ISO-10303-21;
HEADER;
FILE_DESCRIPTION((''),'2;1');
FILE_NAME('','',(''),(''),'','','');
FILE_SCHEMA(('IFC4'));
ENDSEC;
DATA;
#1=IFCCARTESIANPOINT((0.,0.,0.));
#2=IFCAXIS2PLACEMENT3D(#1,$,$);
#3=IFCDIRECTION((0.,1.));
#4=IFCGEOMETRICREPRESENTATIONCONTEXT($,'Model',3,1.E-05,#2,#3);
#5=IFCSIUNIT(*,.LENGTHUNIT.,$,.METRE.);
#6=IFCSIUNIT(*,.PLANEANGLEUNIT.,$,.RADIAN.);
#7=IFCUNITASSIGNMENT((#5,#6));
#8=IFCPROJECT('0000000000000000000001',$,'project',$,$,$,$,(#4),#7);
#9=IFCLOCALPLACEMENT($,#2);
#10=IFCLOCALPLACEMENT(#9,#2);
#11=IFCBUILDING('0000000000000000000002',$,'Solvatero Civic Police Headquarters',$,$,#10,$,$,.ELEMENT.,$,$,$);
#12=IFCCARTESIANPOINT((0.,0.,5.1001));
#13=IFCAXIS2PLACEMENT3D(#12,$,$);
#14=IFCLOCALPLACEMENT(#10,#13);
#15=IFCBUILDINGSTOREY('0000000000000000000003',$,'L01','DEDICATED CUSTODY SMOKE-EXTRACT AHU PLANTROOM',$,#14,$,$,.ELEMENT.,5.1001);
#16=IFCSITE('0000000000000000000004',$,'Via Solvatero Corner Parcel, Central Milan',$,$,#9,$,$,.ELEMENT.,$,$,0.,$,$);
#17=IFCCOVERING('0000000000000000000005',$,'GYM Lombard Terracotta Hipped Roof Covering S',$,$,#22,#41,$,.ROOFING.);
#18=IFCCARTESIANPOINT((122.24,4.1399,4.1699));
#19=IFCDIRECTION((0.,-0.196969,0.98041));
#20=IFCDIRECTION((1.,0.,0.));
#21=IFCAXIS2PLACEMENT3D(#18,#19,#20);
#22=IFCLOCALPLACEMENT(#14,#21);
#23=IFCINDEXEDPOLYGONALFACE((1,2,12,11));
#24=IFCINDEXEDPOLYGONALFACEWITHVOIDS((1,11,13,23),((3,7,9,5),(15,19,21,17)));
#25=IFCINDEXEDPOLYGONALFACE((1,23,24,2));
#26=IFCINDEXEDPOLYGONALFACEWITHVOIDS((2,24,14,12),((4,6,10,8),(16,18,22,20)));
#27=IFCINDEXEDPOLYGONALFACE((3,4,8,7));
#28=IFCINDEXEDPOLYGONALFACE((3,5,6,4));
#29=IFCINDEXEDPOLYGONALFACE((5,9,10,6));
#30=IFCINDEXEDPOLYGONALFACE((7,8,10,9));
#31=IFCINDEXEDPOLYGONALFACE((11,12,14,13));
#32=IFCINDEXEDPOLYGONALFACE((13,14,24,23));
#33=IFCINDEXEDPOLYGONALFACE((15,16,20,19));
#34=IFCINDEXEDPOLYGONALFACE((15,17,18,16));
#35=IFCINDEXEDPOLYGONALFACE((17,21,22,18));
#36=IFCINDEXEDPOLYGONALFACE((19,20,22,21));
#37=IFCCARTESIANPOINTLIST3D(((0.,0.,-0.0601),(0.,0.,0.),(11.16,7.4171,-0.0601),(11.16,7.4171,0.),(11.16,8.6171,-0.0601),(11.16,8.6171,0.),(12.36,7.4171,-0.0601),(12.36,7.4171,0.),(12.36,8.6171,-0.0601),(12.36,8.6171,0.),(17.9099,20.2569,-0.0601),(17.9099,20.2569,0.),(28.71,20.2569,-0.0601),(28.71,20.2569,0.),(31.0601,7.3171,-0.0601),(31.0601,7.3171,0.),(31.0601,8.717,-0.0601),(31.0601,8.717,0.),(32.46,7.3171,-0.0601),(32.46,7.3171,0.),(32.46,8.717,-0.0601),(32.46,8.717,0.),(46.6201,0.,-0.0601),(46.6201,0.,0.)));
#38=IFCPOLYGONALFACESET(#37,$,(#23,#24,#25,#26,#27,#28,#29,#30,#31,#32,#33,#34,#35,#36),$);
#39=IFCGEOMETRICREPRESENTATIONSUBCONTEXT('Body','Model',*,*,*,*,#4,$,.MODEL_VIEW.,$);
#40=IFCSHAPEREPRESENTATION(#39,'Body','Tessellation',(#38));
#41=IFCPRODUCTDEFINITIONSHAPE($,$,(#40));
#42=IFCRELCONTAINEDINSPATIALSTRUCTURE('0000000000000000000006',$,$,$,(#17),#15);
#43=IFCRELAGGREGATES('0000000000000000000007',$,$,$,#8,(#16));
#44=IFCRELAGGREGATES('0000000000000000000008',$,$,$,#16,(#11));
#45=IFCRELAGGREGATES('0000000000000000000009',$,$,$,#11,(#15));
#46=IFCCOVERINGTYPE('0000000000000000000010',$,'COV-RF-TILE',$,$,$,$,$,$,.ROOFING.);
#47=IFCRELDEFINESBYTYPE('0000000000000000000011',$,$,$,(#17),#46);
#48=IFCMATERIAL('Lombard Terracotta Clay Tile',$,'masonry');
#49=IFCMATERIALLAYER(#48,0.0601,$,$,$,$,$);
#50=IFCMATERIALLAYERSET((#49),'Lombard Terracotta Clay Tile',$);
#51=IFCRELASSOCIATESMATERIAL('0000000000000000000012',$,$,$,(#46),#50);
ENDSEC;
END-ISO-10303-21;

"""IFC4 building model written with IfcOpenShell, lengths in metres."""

from ifc_helpers import new_model, si_unit, direction, frame, origin, origin_2d, place, context, subcontext, project, spatial, polyline, rectangle, outline, extrude, material, layer, layer_set, type_object, element, save


model = new_model("IFC4")

# Units and contexts
model_context = context("Model", 3, precision=1e-05, world=origin(), true_north=direction((0.0, 1.0)))
body_context = subcontext(model_context, "Body", "Model", "MODEL_VIEW")
ifc_project = project(units=[si_unit("LENGTHUNIT", "METRE"), si_unit("PLANEANGLEUNIT", "RADIAN")], contexts=[model_context])

# Site, building, storey
site_placement = place(None, origin())
site = spatial("IfcSite", under=ifc_project, at=site_placement, Name="Via Solvatero Corner Parcel, Central Milan", CompositionType="ELEMENT", RefElevation=0.0)
building_placement = place(site_placement, origin())
building = spatial("IfcBuilding", under=site, at=building_placement, Name="Solvatero Civic Police Headquarters", CompositionType="ELEMENT")
storey_placement = place(building_placement, frame((0.0, 0.0, 5.1001)))
storey = spatial("IfcBuildingStorey", under=building, at=storey_placement, Name="L01", Description="DEDICATED CUSTODY SMOKE-EXTRACT AHU PLANTROOM", CompositionType="ELEMENT", Elevation=5.1001)

# Covering, openings
ifc_material_1 = material(Name="Lombard Terracotta Clay Tile", Category="masonry")
ifc_layer_1 = layer(ifc_material_1, 0.0601)
ifc_layer_set_1 = layer_set([ifc_layer_1], Name="Lombard Terracotta Clay Tile")
covering_type = type_object("IfcCoveringType", Name="COV-RF-TILE", PredefinedType="ROOFING", material=ifc_layer_set_1)
covering_placement = place(storey_placement, frame((122.24, 4.1399, 4.1699), z_axis=(0.0, -0.196969, 0.98041), x_axis=(1.0, 0.0, 0.0)))
covering = element("IfcCovering", 1, at=covering_placement, inside=storey, type_object=covering_type, Name="GYM Lombard Terracotta Hipped Roof Covering S", PredefinedType="ROOFING", context=body_context, shape_type="SweptSolid", body=[
    extrude(outline(polyline([(0.0, 0.0), (46.6201, 0.0), (28.71, 20.2569), (17.9099, 20.2569), (0.0, 0.0)])), origin(), (0.0, 0.0, -1.0), 0.0601),
])
opening_1_placement = place(covering_placement, frame((11.76, 8.0171, 0.0)))
element("IfcOpeningElement", 2, at=opening_1_placement, cuts=covering, PredefinedType="OPENING", context=body_context, shape_type="SweptSolid", body=[
    extrude(rectangle(XDim=1.2, YDim=1.2, at=origin_2d()), frame((0.0, 0.0, -0.1802)), (0.0, 0.0, 1.0), 0.3),
])
opening_2_placement = place(covering_placement, frame((31.76, 8.0171, 0.0)))
element("IfcOpeningElement", 3, at=opening_2_placement, cuts=covering, PredefinedType="OPENING", context=body_context, shape_type="SweptSolid", body=[
    extrude(rectangle(XDim=1.3999, YDim=1.3999, at=origin_2d()), frame((0.0, 0.0, -0.1802)), (0.0, 0.0, 1.0), 0.3),
])

save(model, "model.ifc")
